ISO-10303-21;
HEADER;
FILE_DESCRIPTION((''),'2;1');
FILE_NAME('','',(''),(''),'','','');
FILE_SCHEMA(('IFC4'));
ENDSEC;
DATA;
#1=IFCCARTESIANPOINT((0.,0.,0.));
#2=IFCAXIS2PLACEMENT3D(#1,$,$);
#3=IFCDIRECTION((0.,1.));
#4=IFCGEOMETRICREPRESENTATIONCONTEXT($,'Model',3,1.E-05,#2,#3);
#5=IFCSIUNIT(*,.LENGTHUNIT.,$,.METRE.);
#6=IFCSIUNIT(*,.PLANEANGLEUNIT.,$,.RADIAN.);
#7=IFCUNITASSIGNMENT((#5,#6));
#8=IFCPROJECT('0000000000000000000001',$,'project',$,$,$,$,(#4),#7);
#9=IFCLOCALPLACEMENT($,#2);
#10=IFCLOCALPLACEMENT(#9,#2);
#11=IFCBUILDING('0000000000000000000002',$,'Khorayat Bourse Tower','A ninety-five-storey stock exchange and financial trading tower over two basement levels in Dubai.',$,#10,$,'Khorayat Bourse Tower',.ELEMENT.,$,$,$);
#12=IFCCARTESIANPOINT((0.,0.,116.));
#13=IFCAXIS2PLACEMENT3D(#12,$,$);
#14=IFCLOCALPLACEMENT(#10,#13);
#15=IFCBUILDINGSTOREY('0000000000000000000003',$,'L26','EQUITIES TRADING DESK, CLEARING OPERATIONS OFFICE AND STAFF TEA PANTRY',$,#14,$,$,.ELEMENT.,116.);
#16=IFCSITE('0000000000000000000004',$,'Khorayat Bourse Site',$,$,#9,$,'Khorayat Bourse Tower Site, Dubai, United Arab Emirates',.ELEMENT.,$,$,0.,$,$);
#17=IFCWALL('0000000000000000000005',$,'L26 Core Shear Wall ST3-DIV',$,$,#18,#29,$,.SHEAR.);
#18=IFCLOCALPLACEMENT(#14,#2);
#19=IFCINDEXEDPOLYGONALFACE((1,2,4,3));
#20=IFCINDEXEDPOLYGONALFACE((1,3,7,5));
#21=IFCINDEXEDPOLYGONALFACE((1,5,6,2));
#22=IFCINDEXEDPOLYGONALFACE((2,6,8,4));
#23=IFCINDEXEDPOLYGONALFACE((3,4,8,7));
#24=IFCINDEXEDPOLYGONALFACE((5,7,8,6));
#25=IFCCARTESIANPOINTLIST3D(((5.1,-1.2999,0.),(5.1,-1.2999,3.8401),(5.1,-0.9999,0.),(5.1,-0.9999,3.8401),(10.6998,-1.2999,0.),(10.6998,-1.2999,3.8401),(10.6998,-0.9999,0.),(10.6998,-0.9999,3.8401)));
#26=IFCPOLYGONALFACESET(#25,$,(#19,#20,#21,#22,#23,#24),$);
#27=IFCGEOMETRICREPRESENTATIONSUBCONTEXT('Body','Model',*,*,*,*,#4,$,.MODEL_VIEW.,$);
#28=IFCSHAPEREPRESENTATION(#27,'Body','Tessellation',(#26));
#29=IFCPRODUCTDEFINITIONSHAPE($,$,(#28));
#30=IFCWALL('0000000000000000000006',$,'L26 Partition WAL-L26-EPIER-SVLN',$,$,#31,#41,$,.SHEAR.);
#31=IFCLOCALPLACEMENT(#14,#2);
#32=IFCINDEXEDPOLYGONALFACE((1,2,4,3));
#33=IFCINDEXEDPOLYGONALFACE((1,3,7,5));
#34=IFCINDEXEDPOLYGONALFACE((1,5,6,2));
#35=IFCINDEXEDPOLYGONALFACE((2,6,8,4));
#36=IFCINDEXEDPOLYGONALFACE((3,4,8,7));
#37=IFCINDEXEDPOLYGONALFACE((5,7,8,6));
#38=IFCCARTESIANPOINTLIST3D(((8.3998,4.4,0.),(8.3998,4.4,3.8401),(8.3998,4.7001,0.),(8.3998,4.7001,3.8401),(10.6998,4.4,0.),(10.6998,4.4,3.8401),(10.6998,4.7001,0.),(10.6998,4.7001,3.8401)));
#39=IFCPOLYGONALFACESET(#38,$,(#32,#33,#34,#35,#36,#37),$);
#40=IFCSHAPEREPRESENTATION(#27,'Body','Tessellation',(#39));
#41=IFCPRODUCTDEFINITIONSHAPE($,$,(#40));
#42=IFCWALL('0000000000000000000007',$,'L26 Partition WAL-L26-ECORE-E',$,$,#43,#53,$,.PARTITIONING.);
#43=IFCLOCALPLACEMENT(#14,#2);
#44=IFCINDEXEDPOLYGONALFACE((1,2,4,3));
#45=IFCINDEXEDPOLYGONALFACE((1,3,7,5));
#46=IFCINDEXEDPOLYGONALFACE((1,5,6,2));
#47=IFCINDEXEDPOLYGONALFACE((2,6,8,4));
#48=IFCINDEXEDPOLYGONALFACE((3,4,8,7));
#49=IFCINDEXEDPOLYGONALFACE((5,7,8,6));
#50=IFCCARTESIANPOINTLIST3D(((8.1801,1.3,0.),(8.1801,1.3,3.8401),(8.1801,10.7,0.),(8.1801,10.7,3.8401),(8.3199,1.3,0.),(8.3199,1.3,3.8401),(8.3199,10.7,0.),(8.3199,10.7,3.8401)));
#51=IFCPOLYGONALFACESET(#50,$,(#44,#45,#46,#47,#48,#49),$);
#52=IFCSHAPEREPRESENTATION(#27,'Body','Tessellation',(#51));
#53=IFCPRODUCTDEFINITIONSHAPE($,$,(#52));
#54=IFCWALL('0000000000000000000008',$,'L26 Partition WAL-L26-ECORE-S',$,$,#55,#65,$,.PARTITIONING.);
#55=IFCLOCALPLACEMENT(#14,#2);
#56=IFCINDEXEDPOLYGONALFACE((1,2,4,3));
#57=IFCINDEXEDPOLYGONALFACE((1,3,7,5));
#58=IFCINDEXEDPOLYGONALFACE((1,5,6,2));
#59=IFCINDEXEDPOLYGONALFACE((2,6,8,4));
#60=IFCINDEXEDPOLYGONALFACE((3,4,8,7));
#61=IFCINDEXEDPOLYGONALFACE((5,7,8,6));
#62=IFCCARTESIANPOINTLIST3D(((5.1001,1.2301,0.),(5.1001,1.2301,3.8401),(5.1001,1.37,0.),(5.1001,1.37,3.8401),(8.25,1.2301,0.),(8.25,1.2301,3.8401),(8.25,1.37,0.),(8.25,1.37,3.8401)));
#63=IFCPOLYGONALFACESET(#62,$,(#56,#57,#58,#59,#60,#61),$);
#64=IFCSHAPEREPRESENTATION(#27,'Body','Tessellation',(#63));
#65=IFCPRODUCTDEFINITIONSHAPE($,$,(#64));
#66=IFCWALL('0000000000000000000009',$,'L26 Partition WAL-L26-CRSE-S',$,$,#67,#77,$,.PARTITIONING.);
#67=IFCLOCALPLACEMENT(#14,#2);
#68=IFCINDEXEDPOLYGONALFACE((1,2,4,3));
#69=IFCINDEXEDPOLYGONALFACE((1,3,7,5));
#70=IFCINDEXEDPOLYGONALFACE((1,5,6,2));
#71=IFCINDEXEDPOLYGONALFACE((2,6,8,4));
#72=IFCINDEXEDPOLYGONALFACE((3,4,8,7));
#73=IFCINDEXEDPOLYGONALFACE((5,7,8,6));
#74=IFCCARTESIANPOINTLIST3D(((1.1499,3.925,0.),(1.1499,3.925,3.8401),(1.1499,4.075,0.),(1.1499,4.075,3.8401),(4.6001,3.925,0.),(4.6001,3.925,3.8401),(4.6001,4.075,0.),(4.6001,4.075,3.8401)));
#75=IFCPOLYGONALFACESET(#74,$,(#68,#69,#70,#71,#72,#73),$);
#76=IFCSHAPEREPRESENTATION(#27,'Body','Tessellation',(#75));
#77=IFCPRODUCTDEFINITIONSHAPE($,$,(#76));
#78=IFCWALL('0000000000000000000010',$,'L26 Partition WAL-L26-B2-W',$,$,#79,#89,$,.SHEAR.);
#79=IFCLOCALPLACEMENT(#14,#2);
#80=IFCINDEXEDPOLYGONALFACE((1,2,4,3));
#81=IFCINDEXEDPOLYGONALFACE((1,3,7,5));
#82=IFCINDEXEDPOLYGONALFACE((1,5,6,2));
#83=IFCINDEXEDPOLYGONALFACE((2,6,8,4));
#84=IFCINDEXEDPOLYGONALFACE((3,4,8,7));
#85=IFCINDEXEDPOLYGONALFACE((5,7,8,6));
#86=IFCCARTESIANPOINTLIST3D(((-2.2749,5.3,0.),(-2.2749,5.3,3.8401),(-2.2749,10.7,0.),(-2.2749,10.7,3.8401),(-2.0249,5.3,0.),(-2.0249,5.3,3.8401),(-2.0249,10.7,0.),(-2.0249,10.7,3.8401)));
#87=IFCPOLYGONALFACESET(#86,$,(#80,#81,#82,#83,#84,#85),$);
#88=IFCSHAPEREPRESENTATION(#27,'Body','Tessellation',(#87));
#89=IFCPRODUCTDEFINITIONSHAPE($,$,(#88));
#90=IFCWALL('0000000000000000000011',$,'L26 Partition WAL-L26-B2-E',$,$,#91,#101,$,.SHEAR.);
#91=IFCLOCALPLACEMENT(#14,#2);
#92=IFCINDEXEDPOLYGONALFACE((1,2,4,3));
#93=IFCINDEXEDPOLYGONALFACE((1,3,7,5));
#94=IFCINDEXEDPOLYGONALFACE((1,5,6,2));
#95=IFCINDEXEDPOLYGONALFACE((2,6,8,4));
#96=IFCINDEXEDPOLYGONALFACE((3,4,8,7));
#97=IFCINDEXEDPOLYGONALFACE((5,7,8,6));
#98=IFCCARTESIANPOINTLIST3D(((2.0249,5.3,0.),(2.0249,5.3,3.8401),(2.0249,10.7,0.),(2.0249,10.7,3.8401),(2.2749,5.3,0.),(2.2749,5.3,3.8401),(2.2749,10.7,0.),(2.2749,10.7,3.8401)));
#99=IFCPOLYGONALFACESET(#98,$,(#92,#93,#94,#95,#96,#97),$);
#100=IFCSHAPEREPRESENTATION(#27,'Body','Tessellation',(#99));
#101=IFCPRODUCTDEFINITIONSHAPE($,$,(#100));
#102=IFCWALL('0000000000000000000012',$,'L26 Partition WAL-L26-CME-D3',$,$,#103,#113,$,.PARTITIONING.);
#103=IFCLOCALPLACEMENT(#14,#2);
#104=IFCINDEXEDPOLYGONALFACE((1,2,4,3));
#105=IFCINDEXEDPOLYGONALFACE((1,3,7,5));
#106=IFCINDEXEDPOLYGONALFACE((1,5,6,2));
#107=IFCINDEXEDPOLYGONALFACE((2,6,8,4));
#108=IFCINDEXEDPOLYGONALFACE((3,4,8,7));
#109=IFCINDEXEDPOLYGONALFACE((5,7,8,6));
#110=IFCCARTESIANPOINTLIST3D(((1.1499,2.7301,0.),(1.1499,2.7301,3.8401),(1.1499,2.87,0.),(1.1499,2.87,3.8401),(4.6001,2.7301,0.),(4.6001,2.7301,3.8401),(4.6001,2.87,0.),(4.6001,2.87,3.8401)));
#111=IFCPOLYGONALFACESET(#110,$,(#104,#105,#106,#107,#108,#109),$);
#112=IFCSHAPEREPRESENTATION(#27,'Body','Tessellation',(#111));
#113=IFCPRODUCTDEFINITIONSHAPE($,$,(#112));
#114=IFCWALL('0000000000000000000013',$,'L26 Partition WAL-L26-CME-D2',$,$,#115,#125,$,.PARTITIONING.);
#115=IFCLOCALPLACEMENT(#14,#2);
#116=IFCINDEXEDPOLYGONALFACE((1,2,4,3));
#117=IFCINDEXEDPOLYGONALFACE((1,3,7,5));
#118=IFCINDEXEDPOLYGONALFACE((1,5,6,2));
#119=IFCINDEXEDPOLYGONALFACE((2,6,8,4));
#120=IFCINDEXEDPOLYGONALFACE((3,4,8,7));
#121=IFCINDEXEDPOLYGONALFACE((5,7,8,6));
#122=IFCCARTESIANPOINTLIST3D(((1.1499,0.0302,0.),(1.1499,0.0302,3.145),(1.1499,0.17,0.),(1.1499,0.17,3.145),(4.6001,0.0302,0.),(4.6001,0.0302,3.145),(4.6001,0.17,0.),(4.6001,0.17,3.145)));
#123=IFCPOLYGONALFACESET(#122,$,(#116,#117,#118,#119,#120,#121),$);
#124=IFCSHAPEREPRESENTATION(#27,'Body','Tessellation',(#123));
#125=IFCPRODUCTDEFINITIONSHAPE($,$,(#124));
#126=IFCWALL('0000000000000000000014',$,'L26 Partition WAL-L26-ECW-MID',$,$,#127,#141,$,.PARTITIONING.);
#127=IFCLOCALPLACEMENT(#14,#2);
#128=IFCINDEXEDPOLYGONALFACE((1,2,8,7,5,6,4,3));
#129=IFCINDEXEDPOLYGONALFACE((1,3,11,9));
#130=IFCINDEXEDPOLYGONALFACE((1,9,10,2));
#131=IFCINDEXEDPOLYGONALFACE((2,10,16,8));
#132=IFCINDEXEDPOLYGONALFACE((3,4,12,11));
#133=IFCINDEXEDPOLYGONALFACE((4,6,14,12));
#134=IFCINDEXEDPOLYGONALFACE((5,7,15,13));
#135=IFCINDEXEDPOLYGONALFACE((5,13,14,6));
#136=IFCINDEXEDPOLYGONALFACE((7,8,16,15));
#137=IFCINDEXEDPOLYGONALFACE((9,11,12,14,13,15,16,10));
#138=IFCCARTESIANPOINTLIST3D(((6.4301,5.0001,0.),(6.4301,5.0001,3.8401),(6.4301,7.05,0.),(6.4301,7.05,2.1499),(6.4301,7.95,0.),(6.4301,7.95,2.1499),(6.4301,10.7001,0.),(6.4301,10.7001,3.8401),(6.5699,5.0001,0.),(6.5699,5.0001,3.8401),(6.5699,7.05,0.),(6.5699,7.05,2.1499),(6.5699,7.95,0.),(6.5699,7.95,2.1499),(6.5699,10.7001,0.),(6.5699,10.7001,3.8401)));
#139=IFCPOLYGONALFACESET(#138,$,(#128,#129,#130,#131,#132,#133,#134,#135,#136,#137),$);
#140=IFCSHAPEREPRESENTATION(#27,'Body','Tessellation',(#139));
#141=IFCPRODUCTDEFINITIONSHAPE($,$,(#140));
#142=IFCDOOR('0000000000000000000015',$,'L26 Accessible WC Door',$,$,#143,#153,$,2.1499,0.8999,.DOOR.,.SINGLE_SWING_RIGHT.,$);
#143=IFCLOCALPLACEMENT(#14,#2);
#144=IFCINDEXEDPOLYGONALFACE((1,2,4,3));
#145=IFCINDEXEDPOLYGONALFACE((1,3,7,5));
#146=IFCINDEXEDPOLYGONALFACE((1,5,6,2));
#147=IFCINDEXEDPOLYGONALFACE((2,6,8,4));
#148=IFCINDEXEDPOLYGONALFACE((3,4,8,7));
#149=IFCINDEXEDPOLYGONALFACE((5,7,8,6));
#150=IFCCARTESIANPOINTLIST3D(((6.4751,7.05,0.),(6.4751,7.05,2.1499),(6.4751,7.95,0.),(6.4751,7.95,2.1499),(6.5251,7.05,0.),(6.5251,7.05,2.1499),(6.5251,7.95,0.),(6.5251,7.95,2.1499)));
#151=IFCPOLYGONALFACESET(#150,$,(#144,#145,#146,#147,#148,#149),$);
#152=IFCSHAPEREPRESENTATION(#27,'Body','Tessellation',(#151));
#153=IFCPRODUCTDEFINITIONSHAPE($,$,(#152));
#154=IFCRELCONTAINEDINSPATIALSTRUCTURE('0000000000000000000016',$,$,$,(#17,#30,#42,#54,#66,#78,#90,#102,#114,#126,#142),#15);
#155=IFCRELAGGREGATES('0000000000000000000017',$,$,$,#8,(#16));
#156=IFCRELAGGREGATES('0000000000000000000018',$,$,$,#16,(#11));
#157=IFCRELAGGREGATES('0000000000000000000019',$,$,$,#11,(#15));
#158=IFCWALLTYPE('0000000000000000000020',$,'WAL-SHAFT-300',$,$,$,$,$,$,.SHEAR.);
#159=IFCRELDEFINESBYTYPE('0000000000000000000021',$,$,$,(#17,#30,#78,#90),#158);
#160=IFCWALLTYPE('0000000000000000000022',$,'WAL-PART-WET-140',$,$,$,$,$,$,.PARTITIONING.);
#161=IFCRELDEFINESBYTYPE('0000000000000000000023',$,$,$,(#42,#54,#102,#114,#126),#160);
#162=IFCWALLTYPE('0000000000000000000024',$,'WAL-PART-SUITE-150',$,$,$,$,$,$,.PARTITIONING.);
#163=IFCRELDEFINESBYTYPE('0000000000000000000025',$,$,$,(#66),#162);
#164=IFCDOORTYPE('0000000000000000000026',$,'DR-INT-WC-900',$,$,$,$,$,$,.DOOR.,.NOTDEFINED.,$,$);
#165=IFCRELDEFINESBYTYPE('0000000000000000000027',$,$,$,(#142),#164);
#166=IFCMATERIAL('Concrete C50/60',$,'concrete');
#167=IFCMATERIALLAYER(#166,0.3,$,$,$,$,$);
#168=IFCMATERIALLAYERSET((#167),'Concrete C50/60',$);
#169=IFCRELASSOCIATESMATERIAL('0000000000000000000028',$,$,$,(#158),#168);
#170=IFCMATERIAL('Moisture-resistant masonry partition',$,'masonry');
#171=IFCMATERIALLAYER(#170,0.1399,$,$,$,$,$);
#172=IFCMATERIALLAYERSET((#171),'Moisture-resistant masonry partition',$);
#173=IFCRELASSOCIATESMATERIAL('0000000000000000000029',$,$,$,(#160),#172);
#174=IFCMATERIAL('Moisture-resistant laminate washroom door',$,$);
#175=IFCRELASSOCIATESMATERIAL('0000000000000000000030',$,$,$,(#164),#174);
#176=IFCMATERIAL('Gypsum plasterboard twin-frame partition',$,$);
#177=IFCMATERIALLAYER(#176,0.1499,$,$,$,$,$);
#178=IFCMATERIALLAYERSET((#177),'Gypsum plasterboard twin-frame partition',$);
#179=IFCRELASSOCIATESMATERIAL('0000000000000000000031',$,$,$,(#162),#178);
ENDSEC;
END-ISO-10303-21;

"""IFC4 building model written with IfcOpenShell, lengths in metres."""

from ifc_helpers import new_model, si_unit, direction, frame, frame_2d, origin, place, context, subcontext, project, spatial, rectangle, extrude, source, transform, mapped, material, layer, layer_set, type_object, element, fill, save


model = new_model("IFC4")

# Units and contexts
model_context = context("Model", 3, precision=1e-05, world=origin(), true_north=direction((0.0, 1.0)))
body_context = subcontext(model_context, "Body", "Model", "MODEL_VIEW")
ifc_project = project(units=[si_unit("LENGTHUNIT", "METRE"), si_unit("PLANEANGLEUNIT", "RADIAN")], contexts=[model_context])

# Site, building, storey
site_placement = place(None, origin())
site = spatial("IfcSite", under=ifc_project, at=site_placement, Name="Khorayat Bourse Site", LongName="Khorayat Bourse Tower Site, Dubai, United Arab Emirates", CompositionType="ELEMENT", RefElevation=0.0)
building_placement = place(site_placement, origin())
building = spatial("IfcBuilding", under=site, at=building_placement, Name="Khorayat Bourse Tower", Description="A ninety-five-storey stock exchange and financial trading tower over two basement levels in Dubai.", LongName="Khorayat Bourse Tower", CompositionType="ELEMENT")
storey_placement = place(building_placement, frame((0.0, 0.0, 116.0)))
storey = spatial("IfcBuildingStorey", under=building, at=storey_placement, Name="L26", Description="EQUITIES TRADING DESK, CLEARING OPERATIONS OFFICE AND STAFF TEA PANTRY", CompositionType="ELEMENT", Elevation=116.0)

# Walls
ifc_material_1 = material(Name="Concrete C50/60", Category="concrete")
ifc_layer_1 = layer(ifc_material_1, 0.3)
ifc_layer_set_1 = layer_set([ifc_layer_1], Name="Concrete C50/60")
wall_type_1 = type_object("IfcWallType", Name="WAL-SHAFT-300", PredefinedType="SHEAR", material=ifc_layer_set_1)
shared_shape_1 = source(origin(), body_context, "Body", "SweptSolid", [
    extrude(rectangle(XDim=5.5999, YDim=0.3, at=frame_2d((2.7998, 0.0))), origin(), (0.0, 0.0, 1.0), 3.8401),
])
wall_1_placement = place(storey_placement, frame((5.1001, -1.1499, 0.0), z_axis=(0.0, 0.0, 1.0), x_axis=(1.0, 0.0, 0.0)))
element("IfcWall", 1, at=wall_1_placement, inside=storey, type_object=wall_type_1, Name="L26 Core Shear Wall ST3-DIV", PredefinedType="SHEAR", context=body_context, shape_type="MappedRepresentation", body=[
    mapped(shared_shape_1, transform((0.0, 0.0, 0.0), scale=1.0)),
])
shared_shape_2 = source(origin(), body_context, "Body", "SweptSolid", [
    extrude(rectangle(XDim=2.3, YDim=0.3, at=frame_2d((1.1499, 0.0))), origin(), (0.0, 0.0, 1.0), 3.8401),
])
wall_2_placement = place(storey_placement, frame((8.3999, 4.55, 0.0), z_axis=(0.0, 0.0, 1.0), x_axis=(1.0, 0.0, 0.0)))
element("IfcWall", 2, at=wall_2_placement, inside=storey, type_object=wall_type_1, Name="L26 Partition WAL-L26-EPIER-SVLN", PredefinedType="SHEAR", context=body_context, shape_type="MappedRepresentation", body=[
    mapped(shared_shape_2, transform((0.0, 0.0, 0.0), scale=1.0)),
])
ifc_material_2 = material(Name="Moisture-resistant masonry partition", Category="masonry")
ifc_layer_2 = layer(ifc_material_2, 0.1399)
ifc_layer_set_2 = layer_set([ifc_layer_2], Name="Moisture-resistant masonry partition")
wall_type_2 = type_object("IfcWallType", Name="WAL-PART-WET-140", PredefinedType="PARTITIONING", material=ifc_layer_set_2)
shared_shape_3 = source(origin(), body_context, "Body", "SweptSolid", [
    extrude(rectangle(XDim=9.3999, YDim=0.1399, at=frame_2d((4.7, 0.0))), origin(), (0.0, 0.0, 1.0), 3.8401),
])
wall_3_placement = place(storey_placement, frame((8.25, 1.3, 0.0), z_axis=(0.0, 0.0, 1.0), x_axis=(0.0, 1.0, 0.0)))
element("IfcWall", 3, at=wall_3_placement, inside=storey, type_object=wall_type_2, Name="L26 Partition WAL-L26-ECORE-E", PredefinedType="PARTITIONING", context=body_context, shape_type="MappedRepresentation", body=[
    mapped(shared_shape_3, transform((0.0, 0.0, 0.0), scale=1.0)),
])
shared_shape_4 = source(origin(), body_context, "Body", "SweptSolid", [
    extrude(rectangle(XDim=3.1499, YDim=0.1399, at=frame_2d((1.575, 0.0))), origin(), (0.0, 0.0, 1.0), 3.8401),
])
wall_4_placement = place(storey_placement, frame((5.1001, 1.3, 0.0), z_axis=(0.0, 0.0, 1.0), x_axis=(1.0, 0.0, 0.0)))
element("IfcWall", 4, at=wall_4_placement, inside=storey, type_object=wall_type_2, Name="L26 Partition WAL-L26-ECORE-S", PredefinedType="PARTITIONING", context=body_context, shape_type="MappedRepresentation", body=[
    mapped(shared_shape_4, transform((0.0, 0.0, 0.0), scale=1.0)),
])

# Shared definitions
shared_shape_5 = source(origin(), body_context, "Body", "SweptSolid", [
    extrude(rectangle(XDim=0.8999, YDim=2.1499, at=frame_2d((0.45, 1.075))), frame((0.0, 0.0798, 0.0), z_axis=(0.0, -1.0, 0.0), x_axis=(1.0, 0.0, 0.0)), (0.0, 0.0, 1.0), 0.1599),
])
ifc_material_3 = material(Name="Moisture-resistant laminate washroom door")
door_type = type_object("IfcDoorType", Name="DR-INT-WC-900", OperationType="NOTDEFINED", PredefinedType="DOOR", material=ifc_material_3)
shared_shape_6 = source(origin(), body_context, "Body", "SweptSolid", [
    extrude(rectangle(XDim=0.8999, YDim=2.1499, at=frame_2d((0.45, 1.075))), frame((0.0, 0.0249, 0.0), z_axis=(0.0, -1.0, 0.0), x_axis=(1.0, 0.0, 0.0)), (0.0, 0.0, 1.0), 0.05),
])

# Walls
ifc_material_4 = material(Name="Gypsum plasterboard twin-frame partition")
ifc_layer_3 = layer(ifc_material_4, 0.1499)
ifc_layer_set_3 = layer_set([ifc_layer_3], Name="Gypsum plasterboard twin-frame partition")
wall_type_3 = type_object("IfcWallType", Name="WAL-PART-SUITE-150", PredefinedType="PARTITIONING", material=ifc_layer_set_3)
shared_shape_7 = source(origin(), body_context, "Body", "SweptSolid", [
    extrude(rectangle(XDim=3.4502, YDim=0.1499, at=frame_2d((1.7251, 0.0))), origin(), (0.0, 0.0, 1.0), 3.8401),
])
wall_5_placement = place(storey_placement, frame((1.1499, 4.0, 0.0), z_axis=(0.0, 0.0, 1.0), x_axis=(1.0, 0.0, 0.0)))
element("IfcWall", 5, at=wall_5_placement, inside=storey, type_object=wall_type_3, Name="L26 Partition WAL-L26-CRSE-S", PredefinedType="PARTITIONING", context=body_context, shape_type="MappedRepresentation", body=[
    mapped(shared_shape_7, transform((0.0, 0.0, 0.0), scale=1.0)),
])
shared_shape_8 = source(origin(), body_context, "Body", "SweptSolid", [
    extrude(rectangle(XDim=5.3999, YDim=0.25, at=frame_2d((2.7, 0.0))), origin(), (0.0, 0.0, 1.0), 3.8401),
])
for number, where, z_axis, x_axis, name in (
    (6, (-2.1499, 5.3, 0.0), (0.0, 0.0, 1.0), (0.0, 1.0, 0.0), "L26 Partition WAL-L26-B2-W"),
    (7, (2.1499, 5.3, 0.0), (0.0, 0.0, 1.0), (0.0, 1.0, 0.0), "L26 Partition WAL-L26-B2-E"),
):
    element("IfcWall", number, at=place(storey_placement, frame(where, z_axis=z_axis, x_axis=x_axis)), inside=storey, type_object=wall_type_1, Name=name, PredefinedType="SHEAR", context=body_context, shape_type="MappedRepresentation", body=[
        mapped(shared_shape_8, transform((0.0, 0.0, 0.0), scale=1.0)),
    ])
shared_shape_9 = source(origin(), body_context, "Body", "SweptSolid", [
    extrude(rectangle(XDim=3.4502, YDim=0.1399, at=frame_2d((1.7251, 0.0))), origin(), (0.0, 0.0, 1.0), 3.8401),
])
wall_6_placement = place(storey_placement, frame((1.1499, 2.8, 0.0), z_axis=(0.0, 0.0, 1.0), x_axis=(1.0, 0.0, 0.0)))
element("IfcWall", 8, at=wall_6_placement, inside=storey, type_object=wall_type_2, Name="L26 Partition WAL-L26-CME-D3", PredefinedType="PARTITIONING", context=body_context, shape_type="MappedRepresentation", body=[
    mapped(shared_shape_9, transform((0.0, 0.0, 0.0), scale=1.0)),
])
shared_shape_10 = source(origin(), body_context, "Body", "SweptSolid", [
    extrude(rectangle(XDim=3.4502, YDim=0.1399, at=frame_2d((1.7251, 0.0))), origin(), (0.0, 0.0, 1.0), 3.145),
])
wall_7_placement = place(storey_placement, frame((1.1499, 0.1001, 0.0), z_axis=(0.0, 0.0, 1.0), x_axis=(1.0, 0.0, 0.0)))
element("IfcWall", 9, at=wall_7_placement, inside=storey, type_object=wall_type_2, Name="L26 Partition WAL-L26-CME-D2", PredefinedType="PARTITIONING", context=body_context, shape_type="MappedRepresentation", body=[
    mapped(shared_shape_10, transform((0.0, 0.0, 0.0), scale=1.0)),
])

# Wall, opening, door
shared_shape_11 = source(origin(), body_context, "Body", "SweptSolid", [
    extrude(rectangle(XDim=5.7, YDim=0.1399, at=frame_2d((2.8501, 0.0))), origin(), (0.0, 0.0, 1.0), 3.8401),
])
wall_8_placement = place(storey_placement, frame((6.5, 5.0, 0.0), z_axis=(0.0, 0.0, 1.0), x_axis=(0.0, 1.0, 0.0)))
wall_8 = element("IfcWall", 10, at=wall_8_placement, inside=storey, type_object=wall_type_2, Name="L26 Partition WAL-L26-ECW-MID", PredefinedType="PARTITIONING", context=body_context, shape_type="MappedRepresentation", body=[
    mapped(shared_shape_11, transform((0.0, 0.0, 0.0), scale=1.0)),
])
opening_1_placement = place(wall_8_placement, frame((2.05, 0.0, 0.0)))
opening_1 = element("IfcOpeningElement", 11, at=opening_1_placement, cuts=wall_8, PredefinedType="OPENING", context=body_context, shape_type="MappedRepresentation", body=[
    mapped(shared_shape_5, transform((0.0, 0.0, 0.0), scale=1.0)),
])
door_1_placement = place(opening_1_placement, origin())
door_1 = element("IfcDoor", 12, at=door_1_placement, inside=storey, type_object=door_type, Name="L26 Accessible WC Door", OperationType="SINGLE_SWING_RIGHT", OverallHeight=2.1499, OverallWidth=0.8999, PredefinedType="DOOR", context=body_context, shape_type="MappedRepresentation", body=[
    mapped(shared_shape_6, transform((0.0, 0.0, 0.0), scale=1.0)),
])
fill(opening_1, door_1)

save(model, "model.ifc")
